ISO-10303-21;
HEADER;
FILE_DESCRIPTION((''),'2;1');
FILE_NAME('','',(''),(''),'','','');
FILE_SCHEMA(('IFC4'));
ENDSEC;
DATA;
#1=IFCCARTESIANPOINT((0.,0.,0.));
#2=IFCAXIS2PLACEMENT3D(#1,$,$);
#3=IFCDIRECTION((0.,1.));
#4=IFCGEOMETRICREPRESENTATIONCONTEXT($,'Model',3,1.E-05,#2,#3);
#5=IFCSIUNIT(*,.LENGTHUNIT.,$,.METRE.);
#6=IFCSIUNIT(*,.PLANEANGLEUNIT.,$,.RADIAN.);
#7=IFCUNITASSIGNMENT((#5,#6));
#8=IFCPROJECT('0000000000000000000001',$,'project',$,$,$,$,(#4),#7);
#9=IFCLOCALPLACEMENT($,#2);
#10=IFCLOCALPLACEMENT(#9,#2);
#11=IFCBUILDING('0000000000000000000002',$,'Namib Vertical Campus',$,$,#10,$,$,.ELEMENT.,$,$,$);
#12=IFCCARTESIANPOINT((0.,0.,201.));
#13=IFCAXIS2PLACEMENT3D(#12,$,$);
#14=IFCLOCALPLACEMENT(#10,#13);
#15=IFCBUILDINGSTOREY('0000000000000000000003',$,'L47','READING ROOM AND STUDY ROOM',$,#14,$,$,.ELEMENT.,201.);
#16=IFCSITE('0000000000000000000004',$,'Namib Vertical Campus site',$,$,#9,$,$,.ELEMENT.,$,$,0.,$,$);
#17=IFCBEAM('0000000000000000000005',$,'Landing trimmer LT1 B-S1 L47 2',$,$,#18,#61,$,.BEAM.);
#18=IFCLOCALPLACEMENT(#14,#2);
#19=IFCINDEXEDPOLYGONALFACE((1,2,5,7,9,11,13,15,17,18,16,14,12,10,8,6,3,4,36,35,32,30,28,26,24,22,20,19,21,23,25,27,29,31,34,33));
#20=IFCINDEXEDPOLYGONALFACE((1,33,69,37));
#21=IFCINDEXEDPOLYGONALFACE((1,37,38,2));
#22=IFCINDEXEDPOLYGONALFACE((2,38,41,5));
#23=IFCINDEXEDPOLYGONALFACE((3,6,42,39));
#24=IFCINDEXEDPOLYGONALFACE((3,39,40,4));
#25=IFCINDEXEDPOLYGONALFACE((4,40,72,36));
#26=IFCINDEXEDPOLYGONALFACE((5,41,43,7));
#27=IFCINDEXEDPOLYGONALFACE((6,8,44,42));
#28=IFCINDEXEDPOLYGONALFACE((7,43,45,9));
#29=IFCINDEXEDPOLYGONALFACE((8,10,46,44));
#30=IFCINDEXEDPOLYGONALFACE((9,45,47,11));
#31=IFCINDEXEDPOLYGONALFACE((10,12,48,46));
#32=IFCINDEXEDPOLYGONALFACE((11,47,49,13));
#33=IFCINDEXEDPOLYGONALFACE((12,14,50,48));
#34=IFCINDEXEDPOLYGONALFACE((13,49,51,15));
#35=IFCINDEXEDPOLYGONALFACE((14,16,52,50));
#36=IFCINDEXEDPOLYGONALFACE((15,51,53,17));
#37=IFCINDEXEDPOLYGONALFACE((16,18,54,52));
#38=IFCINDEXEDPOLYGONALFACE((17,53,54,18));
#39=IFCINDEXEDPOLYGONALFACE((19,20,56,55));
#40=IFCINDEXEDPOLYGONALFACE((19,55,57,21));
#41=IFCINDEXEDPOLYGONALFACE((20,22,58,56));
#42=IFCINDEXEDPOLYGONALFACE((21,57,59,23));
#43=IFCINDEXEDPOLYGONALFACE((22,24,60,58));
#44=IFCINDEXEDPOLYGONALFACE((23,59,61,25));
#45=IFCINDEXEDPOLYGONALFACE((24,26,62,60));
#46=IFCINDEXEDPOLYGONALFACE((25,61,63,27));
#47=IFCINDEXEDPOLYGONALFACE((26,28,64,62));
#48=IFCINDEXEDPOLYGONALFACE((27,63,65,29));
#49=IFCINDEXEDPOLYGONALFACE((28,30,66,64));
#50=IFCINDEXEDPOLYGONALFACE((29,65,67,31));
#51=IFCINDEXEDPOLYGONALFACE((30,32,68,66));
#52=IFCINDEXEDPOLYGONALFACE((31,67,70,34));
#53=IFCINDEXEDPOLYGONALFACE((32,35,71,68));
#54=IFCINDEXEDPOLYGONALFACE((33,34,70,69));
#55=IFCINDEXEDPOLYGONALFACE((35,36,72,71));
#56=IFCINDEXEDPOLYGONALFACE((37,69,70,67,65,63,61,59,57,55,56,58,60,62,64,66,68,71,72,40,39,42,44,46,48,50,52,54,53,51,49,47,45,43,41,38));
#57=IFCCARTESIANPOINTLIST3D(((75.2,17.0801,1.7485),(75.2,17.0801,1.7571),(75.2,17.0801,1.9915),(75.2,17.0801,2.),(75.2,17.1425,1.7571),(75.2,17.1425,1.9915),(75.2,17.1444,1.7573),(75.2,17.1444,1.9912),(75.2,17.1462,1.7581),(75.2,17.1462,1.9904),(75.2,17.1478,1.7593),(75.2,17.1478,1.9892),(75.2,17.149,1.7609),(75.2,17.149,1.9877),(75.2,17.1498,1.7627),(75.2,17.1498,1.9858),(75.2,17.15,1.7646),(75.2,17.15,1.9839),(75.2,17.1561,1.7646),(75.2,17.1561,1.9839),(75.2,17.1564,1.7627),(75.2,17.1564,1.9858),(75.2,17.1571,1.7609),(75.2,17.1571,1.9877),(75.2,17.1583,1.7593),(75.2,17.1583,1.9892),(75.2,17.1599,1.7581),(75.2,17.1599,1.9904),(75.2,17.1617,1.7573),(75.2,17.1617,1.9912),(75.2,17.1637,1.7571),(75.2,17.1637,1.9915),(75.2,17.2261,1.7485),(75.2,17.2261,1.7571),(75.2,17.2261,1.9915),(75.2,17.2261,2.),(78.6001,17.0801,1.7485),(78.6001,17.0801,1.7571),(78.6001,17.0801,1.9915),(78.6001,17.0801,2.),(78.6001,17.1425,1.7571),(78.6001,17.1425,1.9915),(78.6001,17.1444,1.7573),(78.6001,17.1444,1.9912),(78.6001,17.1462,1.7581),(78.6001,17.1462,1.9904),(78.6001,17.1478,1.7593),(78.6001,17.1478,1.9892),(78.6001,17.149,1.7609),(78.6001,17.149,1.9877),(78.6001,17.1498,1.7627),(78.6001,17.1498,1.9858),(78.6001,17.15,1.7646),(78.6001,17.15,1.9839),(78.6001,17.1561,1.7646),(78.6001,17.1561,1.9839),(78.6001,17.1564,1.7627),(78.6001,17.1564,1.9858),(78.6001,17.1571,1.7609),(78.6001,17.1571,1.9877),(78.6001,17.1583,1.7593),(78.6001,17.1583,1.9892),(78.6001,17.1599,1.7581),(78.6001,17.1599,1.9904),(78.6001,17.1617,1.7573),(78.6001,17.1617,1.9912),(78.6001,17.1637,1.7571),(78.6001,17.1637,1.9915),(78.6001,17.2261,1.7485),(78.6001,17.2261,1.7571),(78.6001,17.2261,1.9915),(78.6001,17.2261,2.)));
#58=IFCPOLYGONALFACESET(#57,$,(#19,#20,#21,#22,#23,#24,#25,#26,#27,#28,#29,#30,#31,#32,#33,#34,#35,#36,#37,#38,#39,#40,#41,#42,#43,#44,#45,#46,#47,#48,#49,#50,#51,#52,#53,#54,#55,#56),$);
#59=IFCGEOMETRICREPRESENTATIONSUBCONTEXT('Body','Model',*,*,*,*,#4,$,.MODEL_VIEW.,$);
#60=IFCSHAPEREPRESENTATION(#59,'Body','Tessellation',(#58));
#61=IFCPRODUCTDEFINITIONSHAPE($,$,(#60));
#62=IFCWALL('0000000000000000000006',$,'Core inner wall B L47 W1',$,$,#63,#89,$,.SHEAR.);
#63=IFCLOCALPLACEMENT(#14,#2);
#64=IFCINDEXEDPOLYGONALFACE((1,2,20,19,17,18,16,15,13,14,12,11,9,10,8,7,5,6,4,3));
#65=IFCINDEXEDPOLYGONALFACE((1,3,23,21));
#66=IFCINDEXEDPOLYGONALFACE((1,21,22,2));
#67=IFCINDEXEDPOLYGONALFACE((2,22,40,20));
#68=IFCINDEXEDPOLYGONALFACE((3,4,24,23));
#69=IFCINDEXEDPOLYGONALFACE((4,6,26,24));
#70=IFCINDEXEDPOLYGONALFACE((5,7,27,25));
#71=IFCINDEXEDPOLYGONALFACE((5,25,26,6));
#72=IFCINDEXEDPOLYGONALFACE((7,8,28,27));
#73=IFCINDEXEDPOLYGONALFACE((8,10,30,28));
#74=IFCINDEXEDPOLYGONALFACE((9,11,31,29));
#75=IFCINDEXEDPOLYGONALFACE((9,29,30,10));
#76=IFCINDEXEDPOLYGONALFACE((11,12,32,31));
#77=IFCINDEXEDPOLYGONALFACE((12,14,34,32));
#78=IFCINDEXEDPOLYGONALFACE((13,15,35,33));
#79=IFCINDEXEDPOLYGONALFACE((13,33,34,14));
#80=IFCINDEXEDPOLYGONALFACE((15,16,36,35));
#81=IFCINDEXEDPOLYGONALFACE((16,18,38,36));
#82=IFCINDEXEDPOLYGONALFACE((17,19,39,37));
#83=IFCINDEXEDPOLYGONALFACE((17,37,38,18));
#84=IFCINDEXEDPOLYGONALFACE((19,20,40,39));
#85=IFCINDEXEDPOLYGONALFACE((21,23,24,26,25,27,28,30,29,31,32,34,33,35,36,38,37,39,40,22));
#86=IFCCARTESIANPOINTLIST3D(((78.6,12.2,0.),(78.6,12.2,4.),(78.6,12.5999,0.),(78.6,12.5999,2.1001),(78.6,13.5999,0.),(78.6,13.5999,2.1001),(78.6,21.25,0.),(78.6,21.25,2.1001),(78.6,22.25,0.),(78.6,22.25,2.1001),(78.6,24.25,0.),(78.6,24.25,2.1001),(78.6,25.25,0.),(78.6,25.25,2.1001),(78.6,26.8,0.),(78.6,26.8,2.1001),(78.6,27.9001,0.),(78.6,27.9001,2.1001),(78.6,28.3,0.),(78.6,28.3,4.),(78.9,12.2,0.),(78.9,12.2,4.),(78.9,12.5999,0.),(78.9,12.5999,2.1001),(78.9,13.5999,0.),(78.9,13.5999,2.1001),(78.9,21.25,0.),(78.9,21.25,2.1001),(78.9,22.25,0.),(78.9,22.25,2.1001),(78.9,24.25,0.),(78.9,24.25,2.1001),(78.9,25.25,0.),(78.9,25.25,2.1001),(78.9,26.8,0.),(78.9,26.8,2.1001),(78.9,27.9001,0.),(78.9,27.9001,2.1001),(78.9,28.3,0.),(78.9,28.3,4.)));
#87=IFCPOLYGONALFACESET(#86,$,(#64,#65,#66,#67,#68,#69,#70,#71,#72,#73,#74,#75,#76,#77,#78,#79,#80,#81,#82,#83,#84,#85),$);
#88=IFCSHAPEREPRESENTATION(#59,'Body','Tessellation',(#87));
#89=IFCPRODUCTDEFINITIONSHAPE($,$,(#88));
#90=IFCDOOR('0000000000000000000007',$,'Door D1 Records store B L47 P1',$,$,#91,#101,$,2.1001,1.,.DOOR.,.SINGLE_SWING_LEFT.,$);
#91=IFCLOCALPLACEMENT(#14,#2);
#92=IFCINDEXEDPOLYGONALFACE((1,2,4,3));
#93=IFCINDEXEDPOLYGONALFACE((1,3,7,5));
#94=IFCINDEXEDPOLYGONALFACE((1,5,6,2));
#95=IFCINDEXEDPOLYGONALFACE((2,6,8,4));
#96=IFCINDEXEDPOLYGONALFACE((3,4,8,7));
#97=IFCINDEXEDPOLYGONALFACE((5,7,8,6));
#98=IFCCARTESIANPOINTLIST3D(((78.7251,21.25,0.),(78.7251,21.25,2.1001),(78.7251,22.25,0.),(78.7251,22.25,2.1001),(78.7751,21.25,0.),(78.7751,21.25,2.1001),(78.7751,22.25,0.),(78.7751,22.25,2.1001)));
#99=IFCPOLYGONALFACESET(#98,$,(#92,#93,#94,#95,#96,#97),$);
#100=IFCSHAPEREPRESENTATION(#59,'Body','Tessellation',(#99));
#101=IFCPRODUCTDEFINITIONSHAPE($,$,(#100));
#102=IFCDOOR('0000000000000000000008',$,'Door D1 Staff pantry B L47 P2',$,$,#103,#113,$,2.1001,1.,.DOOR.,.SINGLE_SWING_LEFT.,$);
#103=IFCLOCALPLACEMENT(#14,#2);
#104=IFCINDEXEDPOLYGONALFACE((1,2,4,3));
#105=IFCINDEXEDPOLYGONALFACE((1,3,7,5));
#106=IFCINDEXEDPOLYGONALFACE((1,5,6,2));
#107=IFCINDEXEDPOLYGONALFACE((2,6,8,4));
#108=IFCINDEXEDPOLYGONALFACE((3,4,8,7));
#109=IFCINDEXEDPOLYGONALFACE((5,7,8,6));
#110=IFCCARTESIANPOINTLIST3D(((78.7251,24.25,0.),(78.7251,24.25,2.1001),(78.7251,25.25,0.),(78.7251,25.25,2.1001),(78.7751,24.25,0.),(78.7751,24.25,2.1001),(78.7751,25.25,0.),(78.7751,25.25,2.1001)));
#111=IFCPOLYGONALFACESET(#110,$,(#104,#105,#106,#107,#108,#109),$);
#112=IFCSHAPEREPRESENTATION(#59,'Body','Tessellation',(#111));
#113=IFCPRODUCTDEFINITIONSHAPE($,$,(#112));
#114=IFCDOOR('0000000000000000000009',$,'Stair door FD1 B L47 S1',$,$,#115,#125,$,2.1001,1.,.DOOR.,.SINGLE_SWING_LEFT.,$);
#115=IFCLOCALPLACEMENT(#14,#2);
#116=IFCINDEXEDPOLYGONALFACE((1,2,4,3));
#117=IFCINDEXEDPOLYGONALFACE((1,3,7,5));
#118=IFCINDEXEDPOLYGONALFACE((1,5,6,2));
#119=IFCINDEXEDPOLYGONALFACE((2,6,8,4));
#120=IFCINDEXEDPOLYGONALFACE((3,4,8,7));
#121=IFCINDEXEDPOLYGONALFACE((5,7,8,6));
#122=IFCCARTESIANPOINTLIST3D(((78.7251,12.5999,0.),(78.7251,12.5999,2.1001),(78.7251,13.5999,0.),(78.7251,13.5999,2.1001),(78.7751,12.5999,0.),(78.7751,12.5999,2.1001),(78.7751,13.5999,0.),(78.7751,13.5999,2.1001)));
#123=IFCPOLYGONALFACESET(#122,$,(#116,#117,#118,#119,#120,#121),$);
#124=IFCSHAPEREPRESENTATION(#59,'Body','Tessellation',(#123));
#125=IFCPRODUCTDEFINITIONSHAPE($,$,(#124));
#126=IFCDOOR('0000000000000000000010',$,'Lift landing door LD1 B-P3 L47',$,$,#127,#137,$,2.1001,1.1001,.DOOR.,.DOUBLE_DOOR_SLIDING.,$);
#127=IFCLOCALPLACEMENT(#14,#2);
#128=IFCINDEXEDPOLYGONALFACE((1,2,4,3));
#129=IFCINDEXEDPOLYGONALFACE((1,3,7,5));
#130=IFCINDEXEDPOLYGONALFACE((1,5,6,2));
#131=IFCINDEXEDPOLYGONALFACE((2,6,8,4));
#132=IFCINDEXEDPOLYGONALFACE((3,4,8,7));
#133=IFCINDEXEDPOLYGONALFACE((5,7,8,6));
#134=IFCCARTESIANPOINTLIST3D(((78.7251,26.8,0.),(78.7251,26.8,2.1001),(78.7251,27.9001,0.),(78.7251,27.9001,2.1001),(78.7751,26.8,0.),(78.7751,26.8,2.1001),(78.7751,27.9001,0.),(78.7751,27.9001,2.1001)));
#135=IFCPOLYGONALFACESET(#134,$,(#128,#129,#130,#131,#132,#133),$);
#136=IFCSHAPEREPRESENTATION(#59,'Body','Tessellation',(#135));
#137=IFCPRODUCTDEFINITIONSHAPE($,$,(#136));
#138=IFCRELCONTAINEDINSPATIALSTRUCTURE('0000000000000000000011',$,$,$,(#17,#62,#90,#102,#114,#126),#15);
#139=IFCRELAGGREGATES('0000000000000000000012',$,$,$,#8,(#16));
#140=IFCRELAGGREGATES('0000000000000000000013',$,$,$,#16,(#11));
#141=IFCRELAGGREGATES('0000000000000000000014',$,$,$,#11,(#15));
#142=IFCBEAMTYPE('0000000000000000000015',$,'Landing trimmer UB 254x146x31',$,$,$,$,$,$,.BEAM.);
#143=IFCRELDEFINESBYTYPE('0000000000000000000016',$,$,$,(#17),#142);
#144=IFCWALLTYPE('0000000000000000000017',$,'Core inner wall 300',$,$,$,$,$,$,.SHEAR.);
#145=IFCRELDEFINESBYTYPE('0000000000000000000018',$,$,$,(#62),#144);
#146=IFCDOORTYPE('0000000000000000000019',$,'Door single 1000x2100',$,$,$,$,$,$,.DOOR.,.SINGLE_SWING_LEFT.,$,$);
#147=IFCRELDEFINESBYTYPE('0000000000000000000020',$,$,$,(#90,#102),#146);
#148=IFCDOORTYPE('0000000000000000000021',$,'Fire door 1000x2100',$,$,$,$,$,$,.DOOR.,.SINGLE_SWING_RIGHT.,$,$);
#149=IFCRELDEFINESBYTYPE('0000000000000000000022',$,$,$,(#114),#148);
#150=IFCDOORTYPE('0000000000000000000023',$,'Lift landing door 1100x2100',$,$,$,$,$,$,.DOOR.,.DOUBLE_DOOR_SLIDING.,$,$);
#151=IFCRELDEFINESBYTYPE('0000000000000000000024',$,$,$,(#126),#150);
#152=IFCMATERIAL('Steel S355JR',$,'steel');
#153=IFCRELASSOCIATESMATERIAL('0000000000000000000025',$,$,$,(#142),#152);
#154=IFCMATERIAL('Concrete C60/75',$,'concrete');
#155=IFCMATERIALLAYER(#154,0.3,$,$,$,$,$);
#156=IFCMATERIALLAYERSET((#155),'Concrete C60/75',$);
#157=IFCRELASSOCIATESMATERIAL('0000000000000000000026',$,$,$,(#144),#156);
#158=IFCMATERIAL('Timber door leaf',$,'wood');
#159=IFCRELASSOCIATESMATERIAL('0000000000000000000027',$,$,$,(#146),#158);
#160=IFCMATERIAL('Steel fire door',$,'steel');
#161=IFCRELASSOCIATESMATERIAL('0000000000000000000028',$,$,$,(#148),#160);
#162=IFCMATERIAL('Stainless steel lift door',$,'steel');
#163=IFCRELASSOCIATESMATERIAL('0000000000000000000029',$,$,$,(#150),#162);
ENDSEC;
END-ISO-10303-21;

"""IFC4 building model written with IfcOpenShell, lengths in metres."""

from ifc_helpers import new_model, si_unit, direction, frame, frame_2d, origin, origin_2d, place, context, subcontext, project, spatial, rectangle, i_section, extrude, material, layer, layer_set, material_profile, profile_set, type_object, element, fill, save


model = new_model("IFC4")

# Units and contexts
model_context = context("Model", 3, precision=1e-05, world=origin(), true_north=direction((0.0, 1.0)))
body_context = subcontext(model_context, "Body", "Model", "MODEL_VIEW")
ifc_project = project(units=[si_unit("LENGTHUNIT", "METRE"), si_unit("PLANEANGLEUNIT", "RADIAN")], contexts=[model_context])

# Site, building, storey
site_placement = place(None, origin())
site = spatial("IfcSite", under=ifc_project, at=site_placement, Name="Namib Vertical Campus site", CompositionType="ELEMENT", RefElevation=0.0)
building_placement = place(site_placement, origin())
building = spatial("IfcBuilding", under=site, at=building_placement, Name="Namib Vertical Campus", CompositionType="ELEMENT")
storey_placement = place(building_placement, frame((0.0, 0.0, 201.0)))
storey = spatial("IfcBuildingStorey", under=building, at=storey_placement, Name="L47", Description="READING ROOM AND STUDY ROOM", CompositionType="ELEMENT", Elevation=201.0)

# Beam
ifc_material_1 = material(Name="Steel S355JR", Category="steel")
ifc_material_profile = material_profile(ifc_material_1, i_section(OverallWidth=0.146, OverallDepth=0.2515, WebThickness=0.0061, FlangeThickness=0.0085, FilletRadius=0.0076, at=origin_2d()))
ifc_profile_set = profile_set([ifc_material_profile], Name="Steel S355JR")
beam_type = type_object("IfcBeamType", Name="Landing trimmer UB 254x146x31", PredefinedType="BEAM", material=ifc_profile_set)
beam_placement = place(storey_placement, frame((75.2, 17.1531, 1.8743), z_axis=(1.0, 0.0, 0.0), x_axis=(0.0, 1.0, 0.0)))
element("IfcBeam", 1, at=beam_placement, inside=storey, type_object=beam_type, Name="Landing trimmer LT1 B-S1 L47 2", PredefinedType="BEAM", context=body_context, shape_type="SweptSolid", body=[
    extrude(i_section(OverallWidth=0.146, OverallDepth=0.2515, WebThickness=0.0061, FlangeThickness=0.0085, FilletRadius=0.0076, at=origin_2d()), origin(), (0.0, 0.0, 1.0), 3.4001),
])

# Wall, openings, doors
ifc_material_2 = material(Name="Concrete C60/75", Category="concrete")
ifc_layer_1 = layer(ifc_material_2, 0.3)
ifc_layer_set_1 = layer_set([ifc_layer_1], Name="Concrete C60/75")
wall_type_1 = type_object("IfcWallType", Name="Core inner wall 300", PredefinedType="SHEAR", material=ifc_layer_set_1)
wall_1_placement = place(storey_placement, frame((78.75, 12.2, 0.0), z_axis=(0.0, 0.0, 1.0), x_axis=(0.0, 1.0, 0.0)))
wall_1 = element("IfcWall", 2, at=wall_1_placement, inside=storey, type_object=wall_type_1, Name="Core inner wall B L47 W1", PredefinedType="SHEAR", context=body_context, shape_type="SweptSolid", body=[
    extrude(rectangle(XDim=16.1001, YDim=0.3, at=frame_2d((8.05, 0.0))), origin(), (0.0, 0.0, 1.0), 4.0),
])
opening_1_placement = place(wall_1_placement, frame((0.3999, 0.0, 0.0)))
opening_1 = element("IfcOpeningElement", 3, at=opening_1_placement, cuts=wall_1, PredefinedType="OPENING", context=body_context, shape_type="SweptSolid", body=[
    extrude(rectangle(XDim=1.0, YDim=2.1001, at=frame_2d((0.5, 1.05))), frame((0.0, 0.1599, 0.0), z_axis=(0.0, -1.0, 0.0), x_axis=(1.0, 0.0, 0.0)), (0.0, 0.0, 1.0), 0.3201),
])
opening_2_placement = place(wall_1_placement, frame((14.6001, 0.0, 0.0)))
opening_2 = element("IfcOpeningElement", 4, at=opening_2_placement, cuts=wall_1, PredefinedType="OPENING", context=body_context, shape_type="SweptSolid", body=[
    extrude(rectangle(XDim=1.1001, YDim=2.1001, at=frame_2d((0.55, 1.05))), frame((0.0, 0.1599, 0.0), z_axis=(0.0, -1.0, 0.0), x_axis=(1.0, 0.0, 0.0)), (0.0, 0.0, 1.0), 0.3201),
])
opening_3_placement = place(wall_1_placement, frame((9.05, 0.0, 0.0)))
opening_3 = element("IfcOpeningElement", 5, at=opening_3_placement, cuts=wall_1, PredefinedType="OPENING", context=body_context, shape_type="SweptSolid", body=[
    extrude(rectangle(XDim=1.0, YDim=2.1001, at=frame_2d((0.5, 1.05))), frame((0.0, 0.1599, 0.0), z_axis=(0.0, -1.0, 0.0), x_axis=(1.0, 0.0, 0.0)), (0.0, 0.0, 1.0), 0.3201),
])
opening_4_placement = place(wall_1_placement, frame((12.05, 0.0, 0.0)))
opening_4 = element("IfcOpeningElement", 6, at=opening_4_placement, cuts=wall_1, PredefinedType="OPENING", context=body_context, shape_type="SweptSolid", body=[
    extrude(rectangle(XDim=1.0, YDim=2.1001, at=frame_2d((0.5, 1.05))), frame((0.0, 0.1599, 0.0), z_axis=(0.0, -1.0, 0.0), x_axis=(1.0, 0.0, 0.0)), (0.0, 0.0, 1.0), 0.3201),
])
ifc_material_3 = material(Name="Timber door leaf", Category="wood")
door_type_1 = type_object("IfcDoorType", Name="Door single 1000x2100", OperationType="SINGLE_SWING_LEFT", PredefinedType="DOOR", material=ifc_material_3)
door_1_placement = place(opening_3_placement, origin())
door_1 = element("IfcDoor", 7, at=door_1_placement, inside=storey, type_object=door_type_1, Name="Door D1 Records store B L47 P1", OperationType="SINGLE_SWING_LEFT", OverallHeight=2.1001, OverallWidth=1.0, PredefinedType="DOOR", context=body_context, shape_type="SweptSolid", body=[
    extrude(rectangle(XDim=1.0, YDim=2.1001, at=frame_2d((0.5, 1.05))), frame((0.0, 0.0249, 0.0), z_axis=(0.0, -1.0, 0.0), x_axis=(1.0, 0.0, 0.0)), (0.0, 0.0, 1.0), 0.05),
])
fill(opening_3, door_1)
door_2_placement = place(opening_4_placement, origin())
door_2 = element("IfcDoor", 8, at=door_2_placement, inside=storey, type_object=door_type_1, Name="Door D1 Staff pantry B L47 P2", OperationType="SINGLE_SWING_LEFT", OverallHeight=2.1001, OverallWidth=1.0, PredefinedType="DOOR", context=body_context, shape_type="SweptSolid", body=[
    extrude(rectangle(XDim=1.0, YDim=2.1001, at=frame_2d((0.5, 1.05))), frame((0.0, 0.0249, 0.0), z_axis=(0.0, -1.0, 0.0), x_axis=(1.0, 0.0, 0.0)), (0.0, 0.0, 1.0), 0.05),
])
fill(opening_4, door_2)
ifc_material_4 = material(Name="Steel fire door", Category="steel")
door_type_2 = type_object("IfcDoorType", Name="Fire door 1000x2100", OperationType="SINGLE_SWING_RIGHT", PredefinedType="DOOR", material=ifc_material_4)
door_3_placement = place(opening_1_placement, origin())
door_3 = element("IfcDoor", 9, at=door_3_placement, inside=storey, type_object=door_type_2, Name="Stair door FD1 B L47 S1", OperationType="SINGLE_SWING_LEFT", OverallHeight=2.1001, OverallWidth=1.0, PredefinedType="DOOR", context=body_context, shape_type="SweptSolid", body=[
    extrude(rectangle(XDim=1.0, YDim=2.1001, at=frame_2d((0.5, 1.05))), frame((0.0, 0.0249, 0.0), z_axis=(0.0, -1.0, 0.0), x_axis=(1.0, 0.0, 0.0)), (0.0, 0.0, 1.0), 0.05),
])
fill(opening_1, door_3)
ifc_material_5 = material(Name="Stainless steel lift door", Category="steel")
door_type_3 = type_object("IfcDoorType", Name="Lift landing door 1100x2100", OperationType="DOUBLE_DOOR_SLIDING", PredefinedType="DOOR", material=ifc_material_5)
door_4_placement = place(opening_2_placement, origin())
door_4 = element("IfcDoor", 10, at=door_4_placement, inside=storey, type_object=door_type_3, Name="Lift landing door LD1 B-P3 L47", OperationType="DOUBLE_DOOR_SLIDING", OverallHeight=2.1001, OverallWidth=1.1001, PredefinedType="DOOR", context=body_context, shape_type="SweptSolid", body=[
    extrude(rectangle(XDim=1.1001, YDim=2.1001, at=frame_2d((0.55, 1.05))), frame((0.0, 0.0249, 0.0), z_axis=(0.0, -1.0, 0.0), x_axis=(1.0, 0.0, 0.0)), (0.0, 0.0, 1.0), 0.05),
])
fill(opening_2, door_4)

save(model, "model.ifc")
